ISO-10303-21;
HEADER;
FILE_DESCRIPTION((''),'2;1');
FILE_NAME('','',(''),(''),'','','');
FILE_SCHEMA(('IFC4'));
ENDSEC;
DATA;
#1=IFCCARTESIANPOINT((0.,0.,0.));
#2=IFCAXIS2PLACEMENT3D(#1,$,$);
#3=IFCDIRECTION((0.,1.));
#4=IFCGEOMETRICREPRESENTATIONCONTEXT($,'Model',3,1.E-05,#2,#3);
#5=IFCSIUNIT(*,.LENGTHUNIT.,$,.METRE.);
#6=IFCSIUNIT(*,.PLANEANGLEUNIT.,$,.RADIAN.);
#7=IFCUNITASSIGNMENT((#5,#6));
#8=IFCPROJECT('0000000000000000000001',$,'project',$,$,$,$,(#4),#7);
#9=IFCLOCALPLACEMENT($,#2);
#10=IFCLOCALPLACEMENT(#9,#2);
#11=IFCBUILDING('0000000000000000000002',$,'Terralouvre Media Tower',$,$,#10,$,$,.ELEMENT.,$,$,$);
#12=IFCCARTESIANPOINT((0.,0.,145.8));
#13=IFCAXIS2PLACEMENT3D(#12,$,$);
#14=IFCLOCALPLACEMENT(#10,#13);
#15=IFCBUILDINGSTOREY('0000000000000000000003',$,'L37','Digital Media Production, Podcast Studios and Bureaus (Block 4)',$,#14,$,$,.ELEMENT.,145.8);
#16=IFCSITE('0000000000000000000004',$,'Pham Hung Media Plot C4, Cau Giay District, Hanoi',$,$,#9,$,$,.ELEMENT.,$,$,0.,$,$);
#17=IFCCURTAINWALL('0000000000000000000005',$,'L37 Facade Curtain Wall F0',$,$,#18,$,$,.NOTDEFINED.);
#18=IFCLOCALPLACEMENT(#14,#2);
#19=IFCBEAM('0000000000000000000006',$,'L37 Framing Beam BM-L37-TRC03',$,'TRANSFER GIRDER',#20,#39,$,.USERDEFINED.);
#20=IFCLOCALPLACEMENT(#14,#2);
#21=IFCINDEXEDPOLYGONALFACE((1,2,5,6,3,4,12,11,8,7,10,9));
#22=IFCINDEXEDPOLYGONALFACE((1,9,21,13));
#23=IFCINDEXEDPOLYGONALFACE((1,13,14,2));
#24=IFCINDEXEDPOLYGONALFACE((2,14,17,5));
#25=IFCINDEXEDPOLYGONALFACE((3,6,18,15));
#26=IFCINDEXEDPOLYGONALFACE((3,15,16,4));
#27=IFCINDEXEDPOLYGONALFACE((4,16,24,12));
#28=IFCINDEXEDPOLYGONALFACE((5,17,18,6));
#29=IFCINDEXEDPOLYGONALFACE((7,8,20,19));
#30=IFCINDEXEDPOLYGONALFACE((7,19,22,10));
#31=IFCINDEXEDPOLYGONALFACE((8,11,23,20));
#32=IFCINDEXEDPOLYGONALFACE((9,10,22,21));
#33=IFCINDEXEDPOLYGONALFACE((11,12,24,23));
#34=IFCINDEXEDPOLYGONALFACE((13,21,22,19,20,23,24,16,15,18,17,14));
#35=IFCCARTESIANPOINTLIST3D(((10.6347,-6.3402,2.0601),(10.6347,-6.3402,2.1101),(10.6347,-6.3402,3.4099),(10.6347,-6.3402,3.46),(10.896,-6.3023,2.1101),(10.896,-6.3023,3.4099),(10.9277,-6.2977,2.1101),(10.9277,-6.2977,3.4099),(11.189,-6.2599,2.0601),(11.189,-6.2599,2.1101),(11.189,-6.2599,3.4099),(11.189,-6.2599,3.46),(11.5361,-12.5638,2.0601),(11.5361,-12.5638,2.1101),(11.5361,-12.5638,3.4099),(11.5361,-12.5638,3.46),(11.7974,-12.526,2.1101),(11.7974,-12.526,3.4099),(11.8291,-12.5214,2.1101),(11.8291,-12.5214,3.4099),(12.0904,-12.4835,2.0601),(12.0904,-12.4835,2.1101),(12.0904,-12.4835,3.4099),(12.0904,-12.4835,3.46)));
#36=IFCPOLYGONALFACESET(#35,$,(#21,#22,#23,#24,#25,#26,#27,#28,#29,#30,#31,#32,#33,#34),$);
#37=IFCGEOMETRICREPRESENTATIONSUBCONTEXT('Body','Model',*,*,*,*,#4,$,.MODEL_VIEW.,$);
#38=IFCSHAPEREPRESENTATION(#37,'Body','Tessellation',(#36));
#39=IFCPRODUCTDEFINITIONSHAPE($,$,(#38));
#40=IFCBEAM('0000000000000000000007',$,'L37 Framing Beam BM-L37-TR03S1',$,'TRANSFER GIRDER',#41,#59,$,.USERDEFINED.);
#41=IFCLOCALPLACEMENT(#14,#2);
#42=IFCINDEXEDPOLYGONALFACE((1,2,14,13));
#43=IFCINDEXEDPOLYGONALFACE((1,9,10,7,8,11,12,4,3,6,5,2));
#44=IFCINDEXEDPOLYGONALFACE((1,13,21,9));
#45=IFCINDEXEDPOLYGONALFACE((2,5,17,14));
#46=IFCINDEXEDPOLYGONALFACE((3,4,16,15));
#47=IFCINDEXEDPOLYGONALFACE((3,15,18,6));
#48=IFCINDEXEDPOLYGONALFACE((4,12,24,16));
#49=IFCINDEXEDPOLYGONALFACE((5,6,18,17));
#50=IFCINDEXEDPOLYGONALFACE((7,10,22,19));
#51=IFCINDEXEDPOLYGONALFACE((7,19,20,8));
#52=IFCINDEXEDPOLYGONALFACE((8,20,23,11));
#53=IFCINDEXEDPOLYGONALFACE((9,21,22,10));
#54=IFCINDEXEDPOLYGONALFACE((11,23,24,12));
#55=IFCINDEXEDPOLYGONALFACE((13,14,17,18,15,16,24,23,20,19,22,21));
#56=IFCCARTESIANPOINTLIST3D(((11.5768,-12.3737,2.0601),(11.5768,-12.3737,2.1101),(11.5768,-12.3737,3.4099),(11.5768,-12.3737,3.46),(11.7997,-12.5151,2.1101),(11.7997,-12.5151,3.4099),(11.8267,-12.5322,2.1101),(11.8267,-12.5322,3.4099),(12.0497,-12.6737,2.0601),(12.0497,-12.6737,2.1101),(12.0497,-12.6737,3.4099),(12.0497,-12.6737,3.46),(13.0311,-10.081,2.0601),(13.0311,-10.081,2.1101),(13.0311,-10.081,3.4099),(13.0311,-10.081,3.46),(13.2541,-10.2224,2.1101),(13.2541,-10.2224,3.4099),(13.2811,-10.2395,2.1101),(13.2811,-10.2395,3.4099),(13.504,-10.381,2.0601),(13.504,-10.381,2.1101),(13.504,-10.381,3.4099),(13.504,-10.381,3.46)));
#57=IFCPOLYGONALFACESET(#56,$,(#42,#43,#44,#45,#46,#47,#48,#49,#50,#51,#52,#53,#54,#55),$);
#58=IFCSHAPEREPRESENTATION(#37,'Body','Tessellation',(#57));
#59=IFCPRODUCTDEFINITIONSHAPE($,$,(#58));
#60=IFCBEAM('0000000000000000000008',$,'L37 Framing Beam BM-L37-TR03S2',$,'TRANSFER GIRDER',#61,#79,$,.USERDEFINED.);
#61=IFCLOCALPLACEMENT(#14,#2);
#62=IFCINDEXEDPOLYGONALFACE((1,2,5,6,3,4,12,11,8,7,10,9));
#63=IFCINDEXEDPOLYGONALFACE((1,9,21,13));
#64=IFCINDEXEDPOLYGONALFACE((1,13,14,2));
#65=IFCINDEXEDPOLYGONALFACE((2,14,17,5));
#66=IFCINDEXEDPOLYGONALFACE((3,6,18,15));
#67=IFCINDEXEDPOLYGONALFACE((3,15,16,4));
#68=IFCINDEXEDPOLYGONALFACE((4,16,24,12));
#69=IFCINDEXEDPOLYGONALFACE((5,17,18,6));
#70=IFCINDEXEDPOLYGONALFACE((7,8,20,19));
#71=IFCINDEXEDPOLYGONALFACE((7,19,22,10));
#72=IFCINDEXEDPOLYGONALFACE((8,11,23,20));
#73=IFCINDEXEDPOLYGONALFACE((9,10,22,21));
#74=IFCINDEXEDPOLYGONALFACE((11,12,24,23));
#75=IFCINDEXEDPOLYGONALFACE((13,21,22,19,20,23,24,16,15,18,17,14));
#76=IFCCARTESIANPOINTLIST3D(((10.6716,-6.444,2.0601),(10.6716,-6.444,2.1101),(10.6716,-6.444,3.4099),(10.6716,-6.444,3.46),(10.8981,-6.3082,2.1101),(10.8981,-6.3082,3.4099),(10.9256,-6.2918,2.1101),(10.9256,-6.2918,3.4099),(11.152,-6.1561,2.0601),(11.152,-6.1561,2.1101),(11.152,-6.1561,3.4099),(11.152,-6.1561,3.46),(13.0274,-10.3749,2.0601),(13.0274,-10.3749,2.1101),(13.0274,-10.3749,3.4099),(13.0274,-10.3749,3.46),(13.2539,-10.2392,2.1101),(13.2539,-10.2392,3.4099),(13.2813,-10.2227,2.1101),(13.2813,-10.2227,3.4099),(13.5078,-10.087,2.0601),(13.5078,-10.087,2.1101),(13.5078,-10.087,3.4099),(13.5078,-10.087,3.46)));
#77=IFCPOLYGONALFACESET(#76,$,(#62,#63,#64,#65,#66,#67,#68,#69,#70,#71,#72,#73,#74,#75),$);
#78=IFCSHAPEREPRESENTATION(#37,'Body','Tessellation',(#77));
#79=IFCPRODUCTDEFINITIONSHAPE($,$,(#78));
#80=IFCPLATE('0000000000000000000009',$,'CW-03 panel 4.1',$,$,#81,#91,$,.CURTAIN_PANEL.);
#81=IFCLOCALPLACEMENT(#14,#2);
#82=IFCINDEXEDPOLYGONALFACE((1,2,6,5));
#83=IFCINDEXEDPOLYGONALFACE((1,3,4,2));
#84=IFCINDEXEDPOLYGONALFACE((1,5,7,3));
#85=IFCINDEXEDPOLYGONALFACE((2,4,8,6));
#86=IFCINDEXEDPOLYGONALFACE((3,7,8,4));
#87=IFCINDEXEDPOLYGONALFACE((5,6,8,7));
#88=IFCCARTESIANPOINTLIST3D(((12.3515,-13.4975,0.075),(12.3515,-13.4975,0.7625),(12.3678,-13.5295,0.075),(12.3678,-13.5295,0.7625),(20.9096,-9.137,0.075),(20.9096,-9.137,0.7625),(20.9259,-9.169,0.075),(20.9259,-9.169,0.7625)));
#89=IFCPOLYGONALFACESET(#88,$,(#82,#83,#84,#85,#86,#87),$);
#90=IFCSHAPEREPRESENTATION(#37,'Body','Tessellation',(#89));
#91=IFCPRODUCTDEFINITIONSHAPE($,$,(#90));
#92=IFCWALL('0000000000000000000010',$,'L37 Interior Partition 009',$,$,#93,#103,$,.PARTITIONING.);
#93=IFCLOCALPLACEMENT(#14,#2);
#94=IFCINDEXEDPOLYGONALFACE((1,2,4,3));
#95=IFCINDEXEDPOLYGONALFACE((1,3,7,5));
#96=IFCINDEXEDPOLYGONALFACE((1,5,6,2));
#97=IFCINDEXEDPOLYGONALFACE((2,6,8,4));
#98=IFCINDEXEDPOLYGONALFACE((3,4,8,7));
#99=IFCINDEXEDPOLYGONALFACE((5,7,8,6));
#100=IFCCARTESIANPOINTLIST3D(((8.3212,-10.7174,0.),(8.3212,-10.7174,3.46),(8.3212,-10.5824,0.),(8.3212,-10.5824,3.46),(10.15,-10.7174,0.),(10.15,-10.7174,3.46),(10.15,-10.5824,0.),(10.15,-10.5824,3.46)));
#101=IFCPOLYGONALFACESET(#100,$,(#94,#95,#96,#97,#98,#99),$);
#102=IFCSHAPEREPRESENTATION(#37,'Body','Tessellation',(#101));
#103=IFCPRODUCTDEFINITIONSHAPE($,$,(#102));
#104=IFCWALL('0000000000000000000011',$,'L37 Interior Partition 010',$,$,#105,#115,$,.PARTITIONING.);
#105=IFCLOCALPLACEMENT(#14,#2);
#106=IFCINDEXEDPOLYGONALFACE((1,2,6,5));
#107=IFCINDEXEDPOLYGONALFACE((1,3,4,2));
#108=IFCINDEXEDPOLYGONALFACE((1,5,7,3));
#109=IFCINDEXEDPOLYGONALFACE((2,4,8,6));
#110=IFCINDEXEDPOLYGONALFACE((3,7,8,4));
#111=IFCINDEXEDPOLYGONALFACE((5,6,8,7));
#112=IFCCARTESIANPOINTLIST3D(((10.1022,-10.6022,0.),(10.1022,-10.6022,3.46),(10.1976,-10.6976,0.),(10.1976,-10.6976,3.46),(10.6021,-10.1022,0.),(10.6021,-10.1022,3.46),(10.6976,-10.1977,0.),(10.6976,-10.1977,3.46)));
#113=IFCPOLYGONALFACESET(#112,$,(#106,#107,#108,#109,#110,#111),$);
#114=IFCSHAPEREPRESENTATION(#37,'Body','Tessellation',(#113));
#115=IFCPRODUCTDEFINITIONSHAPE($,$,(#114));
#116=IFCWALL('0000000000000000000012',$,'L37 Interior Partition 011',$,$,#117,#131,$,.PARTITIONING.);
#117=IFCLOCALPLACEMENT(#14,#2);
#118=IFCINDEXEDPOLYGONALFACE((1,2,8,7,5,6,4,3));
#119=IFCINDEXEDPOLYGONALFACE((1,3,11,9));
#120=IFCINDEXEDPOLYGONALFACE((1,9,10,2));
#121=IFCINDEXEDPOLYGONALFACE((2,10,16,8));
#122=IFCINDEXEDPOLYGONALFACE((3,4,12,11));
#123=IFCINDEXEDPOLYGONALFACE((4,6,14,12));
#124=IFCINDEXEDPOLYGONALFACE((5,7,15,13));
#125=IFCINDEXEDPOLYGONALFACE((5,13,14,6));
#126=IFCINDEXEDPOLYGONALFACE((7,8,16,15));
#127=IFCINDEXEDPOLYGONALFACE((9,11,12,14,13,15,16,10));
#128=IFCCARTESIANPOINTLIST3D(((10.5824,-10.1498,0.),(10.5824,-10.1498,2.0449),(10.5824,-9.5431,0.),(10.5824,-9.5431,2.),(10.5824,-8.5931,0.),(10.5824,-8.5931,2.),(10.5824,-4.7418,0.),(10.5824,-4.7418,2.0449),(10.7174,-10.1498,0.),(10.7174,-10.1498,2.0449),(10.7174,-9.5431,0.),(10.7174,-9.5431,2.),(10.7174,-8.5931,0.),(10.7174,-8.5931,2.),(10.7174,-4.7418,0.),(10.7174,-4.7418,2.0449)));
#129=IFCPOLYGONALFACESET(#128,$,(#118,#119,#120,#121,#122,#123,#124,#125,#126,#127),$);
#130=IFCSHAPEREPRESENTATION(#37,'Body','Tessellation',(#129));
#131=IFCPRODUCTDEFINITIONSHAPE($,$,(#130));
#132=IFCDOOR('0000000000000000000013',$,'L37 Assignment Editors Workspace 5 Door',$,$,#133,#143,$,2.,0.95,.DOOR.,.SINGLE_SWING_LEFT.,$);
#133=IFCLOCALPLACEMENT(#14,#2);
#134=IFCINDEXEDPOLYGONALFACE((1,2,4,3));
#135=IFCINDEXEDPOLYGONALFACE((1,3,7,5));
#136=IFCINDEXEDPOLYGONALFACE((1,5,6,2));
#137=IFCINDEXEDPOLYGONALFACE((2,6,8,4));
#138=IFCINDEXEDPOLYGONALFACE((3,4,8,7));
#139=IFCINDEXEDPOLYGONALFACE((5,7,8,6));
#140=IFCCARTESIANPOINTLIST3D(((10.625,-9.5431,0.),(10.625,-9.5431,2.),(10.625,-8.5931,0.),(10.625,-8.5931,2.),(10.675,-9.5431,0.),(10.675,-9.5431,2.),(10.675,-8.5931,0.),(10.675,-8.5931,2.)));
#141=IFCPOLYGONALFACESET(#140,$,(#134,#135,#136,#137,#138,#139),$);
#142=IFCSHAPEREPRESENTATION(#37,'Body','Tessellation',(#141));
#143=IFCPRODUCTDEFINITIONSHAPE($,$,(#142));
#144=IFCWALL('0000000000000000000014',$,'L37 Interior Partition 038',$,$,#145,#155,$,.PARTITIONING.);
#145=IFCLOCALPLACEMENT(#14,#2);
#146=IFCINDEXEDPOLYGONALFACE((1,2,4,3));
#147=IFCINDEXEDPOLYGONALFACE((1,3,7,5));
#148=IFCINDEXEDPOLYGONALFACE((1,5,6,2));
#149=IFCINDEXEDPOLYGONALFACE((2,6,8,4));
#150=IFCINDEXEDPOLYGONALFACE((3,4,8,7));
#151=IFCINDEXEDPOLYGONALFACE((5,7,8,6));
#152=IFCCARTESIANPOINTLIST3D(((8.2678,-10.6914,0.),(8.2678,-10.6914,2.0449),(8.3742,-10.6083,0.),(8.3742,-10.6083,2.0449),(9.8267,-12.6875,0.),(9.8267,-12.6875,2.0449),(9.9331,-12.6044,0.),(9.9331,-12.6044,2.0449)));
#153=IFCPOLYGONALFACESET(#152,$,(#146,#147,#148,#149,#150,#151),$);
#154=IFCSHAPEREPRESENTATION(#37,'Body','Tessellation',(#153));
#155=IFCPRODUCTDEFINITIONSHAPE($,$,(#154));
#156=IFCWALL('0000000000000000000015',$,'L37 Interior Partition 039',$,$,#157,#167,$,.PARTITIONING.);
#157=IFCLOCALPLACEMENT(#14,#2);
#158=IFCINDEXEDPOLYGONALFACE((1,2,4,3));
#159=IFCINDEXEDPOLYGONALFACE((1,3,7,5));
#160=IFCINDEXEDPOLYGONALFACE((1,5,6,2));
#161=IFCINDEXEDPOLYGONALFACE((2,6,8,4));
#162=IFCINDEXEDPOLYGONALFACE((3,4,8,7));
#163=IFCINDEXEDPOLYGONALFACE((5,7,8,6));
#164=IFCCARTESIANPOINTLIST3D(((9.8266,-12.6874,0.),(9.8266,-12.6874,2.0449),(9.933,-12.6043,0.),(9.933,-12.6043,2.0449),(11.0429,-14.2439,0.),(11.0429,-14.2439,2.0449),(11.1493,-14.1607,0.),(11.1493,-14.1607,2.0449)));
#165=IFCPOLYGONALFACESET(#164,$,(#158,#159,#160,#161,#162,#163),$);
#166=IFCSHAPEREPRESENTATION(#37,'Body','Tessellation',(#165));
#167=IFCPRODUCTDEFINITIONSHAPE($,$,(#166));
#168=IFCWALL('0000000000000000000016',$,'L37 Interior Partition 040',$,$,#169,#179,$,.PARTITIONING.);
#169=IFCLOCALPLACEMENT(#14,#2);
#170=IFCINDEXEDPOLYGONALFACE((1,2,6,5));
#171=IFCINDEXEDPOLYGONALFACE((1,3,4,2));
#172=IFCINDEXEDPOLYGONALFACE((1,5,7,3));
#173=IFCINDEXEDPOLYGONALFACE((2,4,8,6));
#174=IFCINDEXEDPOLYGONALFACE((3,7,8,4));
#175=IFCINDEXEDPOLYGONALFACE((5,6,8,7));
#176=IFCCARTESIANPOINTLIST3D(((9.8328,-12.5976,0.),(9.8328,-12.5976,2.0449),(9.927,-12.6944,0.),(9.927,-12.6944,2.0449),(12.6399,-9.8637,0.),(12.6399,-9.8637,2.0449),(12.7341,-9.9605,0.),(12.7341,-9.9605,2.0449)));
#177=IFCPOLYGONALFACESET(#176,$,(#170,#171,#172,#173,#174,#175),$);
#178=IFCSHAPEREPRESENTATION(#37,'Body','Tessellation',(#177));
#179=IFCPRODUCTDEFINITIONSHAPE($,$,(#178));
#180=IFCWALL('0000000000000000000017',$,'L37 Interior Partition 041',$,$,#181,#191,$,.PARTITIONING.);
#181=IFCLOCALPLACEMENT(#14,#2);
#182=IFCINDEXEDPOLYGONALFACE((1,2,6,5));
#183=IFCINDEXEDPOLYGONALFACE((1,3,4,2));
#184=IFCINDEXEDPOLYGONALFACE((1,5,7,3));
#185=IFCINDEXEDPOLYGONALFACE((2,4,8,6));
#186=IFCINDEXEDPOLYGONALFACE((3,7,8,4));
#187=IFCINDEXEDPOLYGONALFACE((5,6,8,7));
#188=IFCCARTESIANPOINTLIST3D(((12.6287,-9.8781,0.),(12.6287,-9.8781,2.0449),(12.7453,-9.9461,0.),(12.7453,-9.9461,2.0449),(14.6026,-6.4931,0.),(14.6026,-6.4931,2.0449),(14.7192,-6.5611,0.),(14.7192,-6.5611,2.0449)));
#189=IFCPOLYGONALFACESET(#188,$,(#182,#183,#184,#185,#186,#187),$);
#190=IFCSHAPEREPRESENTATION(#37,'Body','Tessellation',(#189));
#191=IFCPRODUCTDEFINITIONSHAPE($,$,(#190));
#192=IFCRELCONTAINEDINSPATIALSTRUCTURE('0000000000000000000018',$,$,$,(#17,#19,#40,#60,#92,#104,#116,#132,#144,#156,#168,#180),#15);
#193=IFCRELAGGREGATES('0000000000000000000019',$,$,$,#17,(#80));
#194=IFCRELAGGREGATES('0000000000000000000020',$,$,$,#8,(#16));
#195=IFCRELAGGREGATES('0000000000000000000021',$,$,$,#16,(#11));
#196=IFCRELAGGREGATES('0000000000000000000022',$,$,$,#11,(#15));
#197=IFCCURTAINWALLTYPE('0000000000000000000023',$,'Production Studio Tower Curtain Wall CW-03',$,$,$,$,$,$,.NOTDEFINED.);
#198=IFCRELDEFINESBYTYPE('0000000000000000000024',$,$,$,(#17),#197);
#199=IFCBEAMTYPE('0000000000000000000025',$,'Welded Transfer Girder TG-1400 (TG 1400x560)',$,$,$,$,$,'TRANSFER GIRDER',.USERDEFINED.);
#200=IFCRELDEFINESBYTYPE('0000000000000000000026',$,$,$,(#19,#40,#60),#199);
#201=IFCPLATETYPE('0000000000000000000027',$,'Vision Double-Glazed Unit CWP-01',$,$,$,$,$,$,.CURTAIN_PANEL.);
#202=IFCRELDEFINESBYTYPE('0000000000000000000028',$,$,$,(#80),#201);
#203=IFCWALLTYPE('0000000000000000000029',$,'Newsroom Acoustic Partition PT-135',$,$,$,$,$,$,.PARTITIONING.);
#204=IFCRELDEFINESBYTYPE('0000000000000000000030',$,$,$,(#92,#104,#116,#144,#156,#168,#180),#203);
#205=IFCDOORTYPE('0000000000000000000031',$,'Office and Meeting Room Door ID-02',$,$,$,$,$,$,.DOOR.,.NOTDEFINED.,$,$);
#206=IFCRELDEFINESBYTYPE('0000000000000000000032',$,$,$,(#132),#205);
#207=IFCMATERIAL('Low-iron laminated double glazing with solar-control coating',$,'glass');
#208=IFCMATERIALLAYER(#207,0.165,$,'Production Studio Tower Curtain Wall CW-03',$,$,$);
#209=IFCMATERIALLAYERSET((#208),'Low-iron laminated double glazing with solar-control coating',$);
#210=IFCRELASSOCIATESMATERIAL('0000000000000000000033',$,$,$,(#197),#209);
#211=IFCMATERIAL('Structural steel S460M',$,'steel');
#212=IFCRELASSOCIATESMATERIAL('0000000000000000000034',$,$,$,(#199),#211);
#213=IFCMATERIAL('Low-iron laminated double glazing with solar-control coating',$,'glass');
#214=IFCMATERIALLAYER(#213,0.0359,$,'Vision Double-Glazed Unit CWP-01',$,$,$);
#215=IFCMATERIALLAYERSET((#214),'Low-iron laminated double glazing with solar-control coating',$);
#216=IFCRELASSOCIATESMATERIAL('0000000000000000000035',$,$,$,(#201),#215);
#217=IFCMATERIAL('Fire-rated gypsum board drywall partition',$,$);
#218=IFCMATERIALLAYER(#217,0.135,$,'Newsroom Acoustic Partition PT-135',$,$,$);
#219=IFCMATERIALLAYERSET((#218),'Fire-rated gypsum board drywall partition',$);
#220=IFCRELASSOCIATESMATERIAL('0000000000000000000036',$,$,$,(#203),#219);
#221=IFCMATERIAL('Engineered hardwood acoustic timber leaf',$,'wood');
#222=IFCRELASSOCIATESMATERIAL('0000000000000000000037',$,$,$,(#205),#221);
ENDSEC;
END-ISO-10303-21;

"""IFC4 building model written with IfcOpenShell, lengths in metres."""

from ifc_helpers import new_model, si_unit, direction, frame, frame_2d, origin, origin_2d, place, context, subcontext, project, spatial, rectangle, i_section, extrude, material, layer, layer_set, material_profile, profile_set, type_object, element, fill, aggregate, save


model = new_model("IFC4")

# Units and contexts
model_context = context("Model", 3, precision=1e-05, world=origin(), true_north=direction((0.0, 1.0)))
body_context = subcontext(model_context, "Body", "Model", "MODEL_VIEW")
ifc_project = project(units=[si_unit("LENGTHUNIT", "METRE"), si_unit("PLANEANGLEUNIT", "RADIAN")], contexts=[model_context])

# Site, building, storey
site_placement = place(None, origin())
site = spatial("IfcSite", under=ifc_project, at=site_placement, Name="Pham Hung Media Plot C4, Cau Giay District, Hanoi", CompositionType="ELEMENT", RefElevation=0.0)
building_placement = place(site_placement, origin())
building = spatial("IfcBuilding", under=site, at=building_placement, Name="Terralouvre Media Tower", CompositionType="ELEMENT")
storey_placement = place(building_placement, frame((0.0, 0.0, 145.8)))
storey = spatial("IfcBuildingStorey", under=building, at=storey_placement, Name="L37", Description="Digital Media Production, Podcast Studios and Bureaus (Block 4)", CompositionType="ELEMENT", Elevation=145.8)

# Curtain wall
ifc_material_1 = material(Name="Low-iron laminated double glazing with solar-control coating", Category="glass")
ifc_layer_1 = layer(ifc_material_1, 0.165, Name="Production Studio Tower Curtain Wall CW-03")
ifc_layer_set_1 = layer_set([ifc_layer_1], Name="Low-iron laminated double glazing with solar-control coating")
curtain_wall_type = type_object("IfcCurtainWallType", Name="Production Studio Tower Curtain Wall CW-03", PredefinedType="NOTDEFINED", material=ifc_layer_set_1)
curtain_wall_placement = place(storey_placement, origin())
curtain_wall = element("IfcCurtainWall", 1, at=curtain_wall_placement, inside=storey, type_object=curtain_wall_type, Name="L37 Facade Curtain Wall F0", PredefinedType="NOTDEFINED")

# Beams
ifc_material_2 = material(Name="Structural steel S460M", Category="steel")
ifc_material_profile_1 = material_profile(ifc_material_2, i_section(OverallWidth=0.5601, OverallDepth=1.3999, WebThickness=0.032, FlangeThickness=0.05, at=origin_2d()), Name="TG 1400x560")
ifc_profile_set_1 = profile_set([ifc_material_profile_1], Name="Structural steel S460M")
beam_type_1 = type_object("IfcBeamType", Name="Welded Transfer Girder TG-1400 (TG 1400x560)", ElementType="TRANSFER GIRDER", PredefinedType="USERDEFINED", material=ifc_profile_set_1)
beam_1_placement = place(storey_placement, frame((11.8132, -12.5237, 2.76), z_axis=(-0.143334, 0.989674, 0.0), x_axis=(-0.989674, -0.143334, 0.0)))
element("IfcBeam", 2, at=beam_1_placement, inside=storey, type_object=beam_type_1, Name="L37 Framing Beam BM-L37-TRC03", ObjectType="TRANSFER GIRDER", PredefinedType="USERDEFINED", context=body_context, shape_type="SweptSolid", body=[
    extrude(i_section(OverallWidth=0.5601, OverallDepth=1.3999, WebThickness=0.032, FlangeThickness=0.05, at=origin_2d()), origin(), (0.0, 0.0, 1.0), 6.2886),
])
beam_2_placement = place(storey_placement, frame((13.2676, -10.231, 2.76), z_axis=(-0.535653, -0.844438, 0.0), x_axis=(0.844438, -0.535653, 0.0)))
element("IfcBeam", 3, at=beam_2_placement, inside=storey, type_object=beam_type_1, Name="L37 Framing Beam BM-L37-TR03S1", ObjectType="TRANSFER GIRDER", PredefinedType="USERDEFINED", context=body_context, shape_type="SweptSolid", body=[
    extrude(i_section(OverallWidth=0.5601, OverallDepth=1.3999, WebThickness=0.032, FlangeThickness=0.05, at=origin_2d()), origin(), (0.0, 0.0, 1.0), 2.7151),
])
beam_3_placement = place(storey_placement, frame((13.2676, -10.231, 2.76), z_axis=(-0.514041, 0.857765, 0.0), x_axis=(-0.857765, -0.514041, 0.0)))
element("IfcBeam", 4, at=beam_3_placement, inside=storey, type_object=beam_type_1, Name="L37 Framing Beam BM-L37-TR03S2", ObjectType="TRANSFER GIRDER", PredefinedType="USERDEFINED", context=body_context, shape_type="SweptSolid", body=[
    extrude(i_section(OverallWidth=0.5601, OverallDepth=1.3999, WebThickness=0.032, FlangeThickness=0.05, at=origin_2d()), origin(), (0.0, 0.0, 1.0), 4.5828),
])

# Plate
ifc_material_3 = material(Name="Low-iron laminated double glazing with solar-control coating", Category="glass")
ifc_layer_2 = layer(ifc_material_3, 0.0359, Name="Vision Double-Glazed Unit CWP-01")
ifc_layer_set_2 = layer_set([ifc_layer_2], Name="Low-iron laminated double glazing with solar-control coating")
plate_type = type_object("IfcPlateType", Name="Vision Double-Glazed Unit CWP-01", PredefinedType="CURTAIN_PANEL", material=ifc_layer_set_2)
plate_placement = place(storey_placement, frame((16.6387, -11.3333, 0.075), z_axis=(0.0, 0.0, 1.0), x_axis=(0.891007, 0.453991, 0.0)))
plate = element("IfcPlate", 5, at=plate_placement, type_object=plate_type, Name="CW-03 panel 4.1", PredefinedType="CURTAIN_PANEL", context=body_context, shape_type="SweptSolid", body=[
    extrude(rectangle(XDim=9.605, YDim=0.0359, at=origin_2d()), origin(), (0.0, 0.0, 1.0), 0.6875),
])
aggregate(curtain_wall, [plate])

# Walls
ifc_material_4 = material(Name="Fire-rated gypsum board drywall partition")
ifc_layer_3 = layer(ifc_material_4, 0.135, Name="Newsroom Acoustic Partition PT-135")
ifc_layer_set_3 = layer_set([ifc_layer_3], Name="Fire-rated gypsum board drywall partition")
wall_type = type_object("IfcWallType", Name="Newsroom Acoustic Partition PT-135", PredefinedType="PARTITIONING", material=ifc_layer_set_3)
wall_1_placement = place(storey_placement, frame((8.321, -10.6499, 0.0), z_axis=(0.0, 0.0, 1.0), x_axis=(1.0, 0.0, 0.0)))
element("IfcWall", 6, at=wall_1_placement, inside=storey, type_object=wall_type, Name="L37 Interior Partition 009", PredefinedType="PARTITIONING", context=body_context, shape_type="SweptSolid", body=[
    extrude(rectangle(XDim=1.8289, YDim=0.135, at=frame_2d((0.9146, 0.0))), origin(), (0.0, 0.0, 1.0), 3.46),
])
wall_2_placement = place(storey_placement, frame((10.1499, -10.6499, 0.0), z_axis=(0.0, 0.0, 1.0), x_axis=(0.707107, 0.707107, 0.0)))
element("IfcWall", 7, at=wall_2_placement, inside=storey, type_object=wall_type, Name="L37 Interior Partition 010", PredefinedType="PARTITIONING", context=body_context, shape_type="SweptSolid", body=[
    extrude(rectangle(XDim=0.707, YDim=0.135, at=frame_2d((0.3535, 0.0))), origin(), (0.0, 0.0, 1.0), 3.46),
])

# Wall, opening, door
wall_3_placement = place(storey_placement, frame((10.6499, -10.1499, 0.0), z_axis=(0.0, 0.0, 1.0), x_axis=(0.0, 1.0, 0.0)))
wall_3 = element("IfcWall", 8, at=wall_3_placement, inside=storey, type_object=wall_type, Name="L37 Interior Partition 011", PredefinedType="PARTITIONING", context=body_context, shape_type="SweptSolid", body=[
    extrude(rectangle(XDim=5.408, YDim=0.135, at=frame_2d((2.7041, 0.0))), origin(), (0.0, 0.0, 1.0), 2.0449),
])
opening_1_placement = place(wall_3_placement, frame((0.6067, 0.0, 0.0)))
opening_1 = element("IfcOpeningElement", 9, at=opening_1_placement, cuts=wall_3, PredefinedType="OPENING", context=body_context, shape_type="SweptSolid", body=[
    extrude(rectangle(XDim=0.95, YDim=2.0, at=frame_2d((0.4751, 1.0))), frame((0.0, 0.0774, 0.0), z_axis=(0.0, -1.0, 0.0), x_axis=(1.0, 0.0, 0.0)), (0.0, 0.0, 1.0), 0.155),
])
ifc_material_5 = material(Name="Engineered hardwood acoustic timber leaf", Category="wood")
door_type_1 = type_object("IfcDoorType", Name="Office and Meeting Room Door ID-02", OperationType="NOTDEFINED", PredefinedType="DOOR", material=ifc_material_5)
door_1_placement = place(opening_1_placement, origin())
door_1 = element("IfcDoor", 10, at=door_1_placement, inside=storey, type_object=door_type_1, Name="L37 Assignment Editors Workspace 5 Door", OperationType="SINGLE_SWING_LEFT", OverallHeight=2.0, OverallWidth=0.95, PredefinedType="DOOR", context=body_context, shape_type="SweptSolid", body=[
    extrude(rectangle(XDim=0.95, YDim=2.0, at=frame_2d((0.4751, 1.0))), frame((0.0, 0.0249, 0.0), z_axis=(0.0, -1.0, 0.0), x_axis=(1.0, 0.0, 0.0)), (0.0, 0.0, 1.0), 0.05),
])
fill(opening_1, door_1)

# Walls
wall_4_placement = place(storey_placement, frame((9.8799, -12.646, 0.0), z_axis=(0.0, 0.0, 1.0), x_axis=(-0.615494, 0.788141, 0.0)))
element("IfcWall", 11, at=wall_4_placement, inside=storey, type_object=wall_type, Name="L37 Interior Partition 038", PredefinedType="PARTITIONING", context=body_context, shape_type="SweptSolid", body=[
    extrude(rectangle(XDim=2.5327, YDim=0.135, at=frame_2d((1.2664, 0.0))), origin(), (0.0, 0.0, 1.0), 2.0449),
])
wall_5_placement = place(storey_placement, frame((11.0962, -14.2024, 0.0), z_axis=(0.0, 0.0, 1.0), x_axis=(-0.615762, 0.787933, 0.0)))
element("IfcWall", 12, at=wall_5_placement, inside=storey, type_object=wall_type, Name="L37 Interior Partition 039", PredefinedType="PARTITIONING", context=body_context, shape_type="SweptSolid", body=[
    extrude(rectangle(XDim=1.9753, YDim=0.135, at=frame_2d((0.9878, 0.0))), origin(), (0.0, 0.0, 1.0), 2.0449),
])
for number, where, z_axis, x_axis, name in (
    (13, (9.8799, -12.646, 0.0), (0.0, 0.0, 1.0), (0.716391, 0.697699, 0.0), "L37 Interior Partition 040"),
    (14, (12.687, -9.9121, 0.0), (0.0, 0.0, 1.0), (0.503735, 0.863858, 0.0), "L37 Interior Partition 041"),
):
    element("IfcWall", number, at=place(storey_placement, frame(where, z_axis=z_axis, x_axis=x_axis)), inside=storey, type_object=wall_type, Name=name, PredefinedType="PARTITIONING", context=body_context, shape_type="SweptSolid", body=[
        extrude(rectangle(XDim=3.9185, YDim=0.135, at=frame_2d((1.9592, 0.0))), origin(), (0.0, 0.0, 1.0), 2.0449),
    ])

save(model, "model.ifc")
